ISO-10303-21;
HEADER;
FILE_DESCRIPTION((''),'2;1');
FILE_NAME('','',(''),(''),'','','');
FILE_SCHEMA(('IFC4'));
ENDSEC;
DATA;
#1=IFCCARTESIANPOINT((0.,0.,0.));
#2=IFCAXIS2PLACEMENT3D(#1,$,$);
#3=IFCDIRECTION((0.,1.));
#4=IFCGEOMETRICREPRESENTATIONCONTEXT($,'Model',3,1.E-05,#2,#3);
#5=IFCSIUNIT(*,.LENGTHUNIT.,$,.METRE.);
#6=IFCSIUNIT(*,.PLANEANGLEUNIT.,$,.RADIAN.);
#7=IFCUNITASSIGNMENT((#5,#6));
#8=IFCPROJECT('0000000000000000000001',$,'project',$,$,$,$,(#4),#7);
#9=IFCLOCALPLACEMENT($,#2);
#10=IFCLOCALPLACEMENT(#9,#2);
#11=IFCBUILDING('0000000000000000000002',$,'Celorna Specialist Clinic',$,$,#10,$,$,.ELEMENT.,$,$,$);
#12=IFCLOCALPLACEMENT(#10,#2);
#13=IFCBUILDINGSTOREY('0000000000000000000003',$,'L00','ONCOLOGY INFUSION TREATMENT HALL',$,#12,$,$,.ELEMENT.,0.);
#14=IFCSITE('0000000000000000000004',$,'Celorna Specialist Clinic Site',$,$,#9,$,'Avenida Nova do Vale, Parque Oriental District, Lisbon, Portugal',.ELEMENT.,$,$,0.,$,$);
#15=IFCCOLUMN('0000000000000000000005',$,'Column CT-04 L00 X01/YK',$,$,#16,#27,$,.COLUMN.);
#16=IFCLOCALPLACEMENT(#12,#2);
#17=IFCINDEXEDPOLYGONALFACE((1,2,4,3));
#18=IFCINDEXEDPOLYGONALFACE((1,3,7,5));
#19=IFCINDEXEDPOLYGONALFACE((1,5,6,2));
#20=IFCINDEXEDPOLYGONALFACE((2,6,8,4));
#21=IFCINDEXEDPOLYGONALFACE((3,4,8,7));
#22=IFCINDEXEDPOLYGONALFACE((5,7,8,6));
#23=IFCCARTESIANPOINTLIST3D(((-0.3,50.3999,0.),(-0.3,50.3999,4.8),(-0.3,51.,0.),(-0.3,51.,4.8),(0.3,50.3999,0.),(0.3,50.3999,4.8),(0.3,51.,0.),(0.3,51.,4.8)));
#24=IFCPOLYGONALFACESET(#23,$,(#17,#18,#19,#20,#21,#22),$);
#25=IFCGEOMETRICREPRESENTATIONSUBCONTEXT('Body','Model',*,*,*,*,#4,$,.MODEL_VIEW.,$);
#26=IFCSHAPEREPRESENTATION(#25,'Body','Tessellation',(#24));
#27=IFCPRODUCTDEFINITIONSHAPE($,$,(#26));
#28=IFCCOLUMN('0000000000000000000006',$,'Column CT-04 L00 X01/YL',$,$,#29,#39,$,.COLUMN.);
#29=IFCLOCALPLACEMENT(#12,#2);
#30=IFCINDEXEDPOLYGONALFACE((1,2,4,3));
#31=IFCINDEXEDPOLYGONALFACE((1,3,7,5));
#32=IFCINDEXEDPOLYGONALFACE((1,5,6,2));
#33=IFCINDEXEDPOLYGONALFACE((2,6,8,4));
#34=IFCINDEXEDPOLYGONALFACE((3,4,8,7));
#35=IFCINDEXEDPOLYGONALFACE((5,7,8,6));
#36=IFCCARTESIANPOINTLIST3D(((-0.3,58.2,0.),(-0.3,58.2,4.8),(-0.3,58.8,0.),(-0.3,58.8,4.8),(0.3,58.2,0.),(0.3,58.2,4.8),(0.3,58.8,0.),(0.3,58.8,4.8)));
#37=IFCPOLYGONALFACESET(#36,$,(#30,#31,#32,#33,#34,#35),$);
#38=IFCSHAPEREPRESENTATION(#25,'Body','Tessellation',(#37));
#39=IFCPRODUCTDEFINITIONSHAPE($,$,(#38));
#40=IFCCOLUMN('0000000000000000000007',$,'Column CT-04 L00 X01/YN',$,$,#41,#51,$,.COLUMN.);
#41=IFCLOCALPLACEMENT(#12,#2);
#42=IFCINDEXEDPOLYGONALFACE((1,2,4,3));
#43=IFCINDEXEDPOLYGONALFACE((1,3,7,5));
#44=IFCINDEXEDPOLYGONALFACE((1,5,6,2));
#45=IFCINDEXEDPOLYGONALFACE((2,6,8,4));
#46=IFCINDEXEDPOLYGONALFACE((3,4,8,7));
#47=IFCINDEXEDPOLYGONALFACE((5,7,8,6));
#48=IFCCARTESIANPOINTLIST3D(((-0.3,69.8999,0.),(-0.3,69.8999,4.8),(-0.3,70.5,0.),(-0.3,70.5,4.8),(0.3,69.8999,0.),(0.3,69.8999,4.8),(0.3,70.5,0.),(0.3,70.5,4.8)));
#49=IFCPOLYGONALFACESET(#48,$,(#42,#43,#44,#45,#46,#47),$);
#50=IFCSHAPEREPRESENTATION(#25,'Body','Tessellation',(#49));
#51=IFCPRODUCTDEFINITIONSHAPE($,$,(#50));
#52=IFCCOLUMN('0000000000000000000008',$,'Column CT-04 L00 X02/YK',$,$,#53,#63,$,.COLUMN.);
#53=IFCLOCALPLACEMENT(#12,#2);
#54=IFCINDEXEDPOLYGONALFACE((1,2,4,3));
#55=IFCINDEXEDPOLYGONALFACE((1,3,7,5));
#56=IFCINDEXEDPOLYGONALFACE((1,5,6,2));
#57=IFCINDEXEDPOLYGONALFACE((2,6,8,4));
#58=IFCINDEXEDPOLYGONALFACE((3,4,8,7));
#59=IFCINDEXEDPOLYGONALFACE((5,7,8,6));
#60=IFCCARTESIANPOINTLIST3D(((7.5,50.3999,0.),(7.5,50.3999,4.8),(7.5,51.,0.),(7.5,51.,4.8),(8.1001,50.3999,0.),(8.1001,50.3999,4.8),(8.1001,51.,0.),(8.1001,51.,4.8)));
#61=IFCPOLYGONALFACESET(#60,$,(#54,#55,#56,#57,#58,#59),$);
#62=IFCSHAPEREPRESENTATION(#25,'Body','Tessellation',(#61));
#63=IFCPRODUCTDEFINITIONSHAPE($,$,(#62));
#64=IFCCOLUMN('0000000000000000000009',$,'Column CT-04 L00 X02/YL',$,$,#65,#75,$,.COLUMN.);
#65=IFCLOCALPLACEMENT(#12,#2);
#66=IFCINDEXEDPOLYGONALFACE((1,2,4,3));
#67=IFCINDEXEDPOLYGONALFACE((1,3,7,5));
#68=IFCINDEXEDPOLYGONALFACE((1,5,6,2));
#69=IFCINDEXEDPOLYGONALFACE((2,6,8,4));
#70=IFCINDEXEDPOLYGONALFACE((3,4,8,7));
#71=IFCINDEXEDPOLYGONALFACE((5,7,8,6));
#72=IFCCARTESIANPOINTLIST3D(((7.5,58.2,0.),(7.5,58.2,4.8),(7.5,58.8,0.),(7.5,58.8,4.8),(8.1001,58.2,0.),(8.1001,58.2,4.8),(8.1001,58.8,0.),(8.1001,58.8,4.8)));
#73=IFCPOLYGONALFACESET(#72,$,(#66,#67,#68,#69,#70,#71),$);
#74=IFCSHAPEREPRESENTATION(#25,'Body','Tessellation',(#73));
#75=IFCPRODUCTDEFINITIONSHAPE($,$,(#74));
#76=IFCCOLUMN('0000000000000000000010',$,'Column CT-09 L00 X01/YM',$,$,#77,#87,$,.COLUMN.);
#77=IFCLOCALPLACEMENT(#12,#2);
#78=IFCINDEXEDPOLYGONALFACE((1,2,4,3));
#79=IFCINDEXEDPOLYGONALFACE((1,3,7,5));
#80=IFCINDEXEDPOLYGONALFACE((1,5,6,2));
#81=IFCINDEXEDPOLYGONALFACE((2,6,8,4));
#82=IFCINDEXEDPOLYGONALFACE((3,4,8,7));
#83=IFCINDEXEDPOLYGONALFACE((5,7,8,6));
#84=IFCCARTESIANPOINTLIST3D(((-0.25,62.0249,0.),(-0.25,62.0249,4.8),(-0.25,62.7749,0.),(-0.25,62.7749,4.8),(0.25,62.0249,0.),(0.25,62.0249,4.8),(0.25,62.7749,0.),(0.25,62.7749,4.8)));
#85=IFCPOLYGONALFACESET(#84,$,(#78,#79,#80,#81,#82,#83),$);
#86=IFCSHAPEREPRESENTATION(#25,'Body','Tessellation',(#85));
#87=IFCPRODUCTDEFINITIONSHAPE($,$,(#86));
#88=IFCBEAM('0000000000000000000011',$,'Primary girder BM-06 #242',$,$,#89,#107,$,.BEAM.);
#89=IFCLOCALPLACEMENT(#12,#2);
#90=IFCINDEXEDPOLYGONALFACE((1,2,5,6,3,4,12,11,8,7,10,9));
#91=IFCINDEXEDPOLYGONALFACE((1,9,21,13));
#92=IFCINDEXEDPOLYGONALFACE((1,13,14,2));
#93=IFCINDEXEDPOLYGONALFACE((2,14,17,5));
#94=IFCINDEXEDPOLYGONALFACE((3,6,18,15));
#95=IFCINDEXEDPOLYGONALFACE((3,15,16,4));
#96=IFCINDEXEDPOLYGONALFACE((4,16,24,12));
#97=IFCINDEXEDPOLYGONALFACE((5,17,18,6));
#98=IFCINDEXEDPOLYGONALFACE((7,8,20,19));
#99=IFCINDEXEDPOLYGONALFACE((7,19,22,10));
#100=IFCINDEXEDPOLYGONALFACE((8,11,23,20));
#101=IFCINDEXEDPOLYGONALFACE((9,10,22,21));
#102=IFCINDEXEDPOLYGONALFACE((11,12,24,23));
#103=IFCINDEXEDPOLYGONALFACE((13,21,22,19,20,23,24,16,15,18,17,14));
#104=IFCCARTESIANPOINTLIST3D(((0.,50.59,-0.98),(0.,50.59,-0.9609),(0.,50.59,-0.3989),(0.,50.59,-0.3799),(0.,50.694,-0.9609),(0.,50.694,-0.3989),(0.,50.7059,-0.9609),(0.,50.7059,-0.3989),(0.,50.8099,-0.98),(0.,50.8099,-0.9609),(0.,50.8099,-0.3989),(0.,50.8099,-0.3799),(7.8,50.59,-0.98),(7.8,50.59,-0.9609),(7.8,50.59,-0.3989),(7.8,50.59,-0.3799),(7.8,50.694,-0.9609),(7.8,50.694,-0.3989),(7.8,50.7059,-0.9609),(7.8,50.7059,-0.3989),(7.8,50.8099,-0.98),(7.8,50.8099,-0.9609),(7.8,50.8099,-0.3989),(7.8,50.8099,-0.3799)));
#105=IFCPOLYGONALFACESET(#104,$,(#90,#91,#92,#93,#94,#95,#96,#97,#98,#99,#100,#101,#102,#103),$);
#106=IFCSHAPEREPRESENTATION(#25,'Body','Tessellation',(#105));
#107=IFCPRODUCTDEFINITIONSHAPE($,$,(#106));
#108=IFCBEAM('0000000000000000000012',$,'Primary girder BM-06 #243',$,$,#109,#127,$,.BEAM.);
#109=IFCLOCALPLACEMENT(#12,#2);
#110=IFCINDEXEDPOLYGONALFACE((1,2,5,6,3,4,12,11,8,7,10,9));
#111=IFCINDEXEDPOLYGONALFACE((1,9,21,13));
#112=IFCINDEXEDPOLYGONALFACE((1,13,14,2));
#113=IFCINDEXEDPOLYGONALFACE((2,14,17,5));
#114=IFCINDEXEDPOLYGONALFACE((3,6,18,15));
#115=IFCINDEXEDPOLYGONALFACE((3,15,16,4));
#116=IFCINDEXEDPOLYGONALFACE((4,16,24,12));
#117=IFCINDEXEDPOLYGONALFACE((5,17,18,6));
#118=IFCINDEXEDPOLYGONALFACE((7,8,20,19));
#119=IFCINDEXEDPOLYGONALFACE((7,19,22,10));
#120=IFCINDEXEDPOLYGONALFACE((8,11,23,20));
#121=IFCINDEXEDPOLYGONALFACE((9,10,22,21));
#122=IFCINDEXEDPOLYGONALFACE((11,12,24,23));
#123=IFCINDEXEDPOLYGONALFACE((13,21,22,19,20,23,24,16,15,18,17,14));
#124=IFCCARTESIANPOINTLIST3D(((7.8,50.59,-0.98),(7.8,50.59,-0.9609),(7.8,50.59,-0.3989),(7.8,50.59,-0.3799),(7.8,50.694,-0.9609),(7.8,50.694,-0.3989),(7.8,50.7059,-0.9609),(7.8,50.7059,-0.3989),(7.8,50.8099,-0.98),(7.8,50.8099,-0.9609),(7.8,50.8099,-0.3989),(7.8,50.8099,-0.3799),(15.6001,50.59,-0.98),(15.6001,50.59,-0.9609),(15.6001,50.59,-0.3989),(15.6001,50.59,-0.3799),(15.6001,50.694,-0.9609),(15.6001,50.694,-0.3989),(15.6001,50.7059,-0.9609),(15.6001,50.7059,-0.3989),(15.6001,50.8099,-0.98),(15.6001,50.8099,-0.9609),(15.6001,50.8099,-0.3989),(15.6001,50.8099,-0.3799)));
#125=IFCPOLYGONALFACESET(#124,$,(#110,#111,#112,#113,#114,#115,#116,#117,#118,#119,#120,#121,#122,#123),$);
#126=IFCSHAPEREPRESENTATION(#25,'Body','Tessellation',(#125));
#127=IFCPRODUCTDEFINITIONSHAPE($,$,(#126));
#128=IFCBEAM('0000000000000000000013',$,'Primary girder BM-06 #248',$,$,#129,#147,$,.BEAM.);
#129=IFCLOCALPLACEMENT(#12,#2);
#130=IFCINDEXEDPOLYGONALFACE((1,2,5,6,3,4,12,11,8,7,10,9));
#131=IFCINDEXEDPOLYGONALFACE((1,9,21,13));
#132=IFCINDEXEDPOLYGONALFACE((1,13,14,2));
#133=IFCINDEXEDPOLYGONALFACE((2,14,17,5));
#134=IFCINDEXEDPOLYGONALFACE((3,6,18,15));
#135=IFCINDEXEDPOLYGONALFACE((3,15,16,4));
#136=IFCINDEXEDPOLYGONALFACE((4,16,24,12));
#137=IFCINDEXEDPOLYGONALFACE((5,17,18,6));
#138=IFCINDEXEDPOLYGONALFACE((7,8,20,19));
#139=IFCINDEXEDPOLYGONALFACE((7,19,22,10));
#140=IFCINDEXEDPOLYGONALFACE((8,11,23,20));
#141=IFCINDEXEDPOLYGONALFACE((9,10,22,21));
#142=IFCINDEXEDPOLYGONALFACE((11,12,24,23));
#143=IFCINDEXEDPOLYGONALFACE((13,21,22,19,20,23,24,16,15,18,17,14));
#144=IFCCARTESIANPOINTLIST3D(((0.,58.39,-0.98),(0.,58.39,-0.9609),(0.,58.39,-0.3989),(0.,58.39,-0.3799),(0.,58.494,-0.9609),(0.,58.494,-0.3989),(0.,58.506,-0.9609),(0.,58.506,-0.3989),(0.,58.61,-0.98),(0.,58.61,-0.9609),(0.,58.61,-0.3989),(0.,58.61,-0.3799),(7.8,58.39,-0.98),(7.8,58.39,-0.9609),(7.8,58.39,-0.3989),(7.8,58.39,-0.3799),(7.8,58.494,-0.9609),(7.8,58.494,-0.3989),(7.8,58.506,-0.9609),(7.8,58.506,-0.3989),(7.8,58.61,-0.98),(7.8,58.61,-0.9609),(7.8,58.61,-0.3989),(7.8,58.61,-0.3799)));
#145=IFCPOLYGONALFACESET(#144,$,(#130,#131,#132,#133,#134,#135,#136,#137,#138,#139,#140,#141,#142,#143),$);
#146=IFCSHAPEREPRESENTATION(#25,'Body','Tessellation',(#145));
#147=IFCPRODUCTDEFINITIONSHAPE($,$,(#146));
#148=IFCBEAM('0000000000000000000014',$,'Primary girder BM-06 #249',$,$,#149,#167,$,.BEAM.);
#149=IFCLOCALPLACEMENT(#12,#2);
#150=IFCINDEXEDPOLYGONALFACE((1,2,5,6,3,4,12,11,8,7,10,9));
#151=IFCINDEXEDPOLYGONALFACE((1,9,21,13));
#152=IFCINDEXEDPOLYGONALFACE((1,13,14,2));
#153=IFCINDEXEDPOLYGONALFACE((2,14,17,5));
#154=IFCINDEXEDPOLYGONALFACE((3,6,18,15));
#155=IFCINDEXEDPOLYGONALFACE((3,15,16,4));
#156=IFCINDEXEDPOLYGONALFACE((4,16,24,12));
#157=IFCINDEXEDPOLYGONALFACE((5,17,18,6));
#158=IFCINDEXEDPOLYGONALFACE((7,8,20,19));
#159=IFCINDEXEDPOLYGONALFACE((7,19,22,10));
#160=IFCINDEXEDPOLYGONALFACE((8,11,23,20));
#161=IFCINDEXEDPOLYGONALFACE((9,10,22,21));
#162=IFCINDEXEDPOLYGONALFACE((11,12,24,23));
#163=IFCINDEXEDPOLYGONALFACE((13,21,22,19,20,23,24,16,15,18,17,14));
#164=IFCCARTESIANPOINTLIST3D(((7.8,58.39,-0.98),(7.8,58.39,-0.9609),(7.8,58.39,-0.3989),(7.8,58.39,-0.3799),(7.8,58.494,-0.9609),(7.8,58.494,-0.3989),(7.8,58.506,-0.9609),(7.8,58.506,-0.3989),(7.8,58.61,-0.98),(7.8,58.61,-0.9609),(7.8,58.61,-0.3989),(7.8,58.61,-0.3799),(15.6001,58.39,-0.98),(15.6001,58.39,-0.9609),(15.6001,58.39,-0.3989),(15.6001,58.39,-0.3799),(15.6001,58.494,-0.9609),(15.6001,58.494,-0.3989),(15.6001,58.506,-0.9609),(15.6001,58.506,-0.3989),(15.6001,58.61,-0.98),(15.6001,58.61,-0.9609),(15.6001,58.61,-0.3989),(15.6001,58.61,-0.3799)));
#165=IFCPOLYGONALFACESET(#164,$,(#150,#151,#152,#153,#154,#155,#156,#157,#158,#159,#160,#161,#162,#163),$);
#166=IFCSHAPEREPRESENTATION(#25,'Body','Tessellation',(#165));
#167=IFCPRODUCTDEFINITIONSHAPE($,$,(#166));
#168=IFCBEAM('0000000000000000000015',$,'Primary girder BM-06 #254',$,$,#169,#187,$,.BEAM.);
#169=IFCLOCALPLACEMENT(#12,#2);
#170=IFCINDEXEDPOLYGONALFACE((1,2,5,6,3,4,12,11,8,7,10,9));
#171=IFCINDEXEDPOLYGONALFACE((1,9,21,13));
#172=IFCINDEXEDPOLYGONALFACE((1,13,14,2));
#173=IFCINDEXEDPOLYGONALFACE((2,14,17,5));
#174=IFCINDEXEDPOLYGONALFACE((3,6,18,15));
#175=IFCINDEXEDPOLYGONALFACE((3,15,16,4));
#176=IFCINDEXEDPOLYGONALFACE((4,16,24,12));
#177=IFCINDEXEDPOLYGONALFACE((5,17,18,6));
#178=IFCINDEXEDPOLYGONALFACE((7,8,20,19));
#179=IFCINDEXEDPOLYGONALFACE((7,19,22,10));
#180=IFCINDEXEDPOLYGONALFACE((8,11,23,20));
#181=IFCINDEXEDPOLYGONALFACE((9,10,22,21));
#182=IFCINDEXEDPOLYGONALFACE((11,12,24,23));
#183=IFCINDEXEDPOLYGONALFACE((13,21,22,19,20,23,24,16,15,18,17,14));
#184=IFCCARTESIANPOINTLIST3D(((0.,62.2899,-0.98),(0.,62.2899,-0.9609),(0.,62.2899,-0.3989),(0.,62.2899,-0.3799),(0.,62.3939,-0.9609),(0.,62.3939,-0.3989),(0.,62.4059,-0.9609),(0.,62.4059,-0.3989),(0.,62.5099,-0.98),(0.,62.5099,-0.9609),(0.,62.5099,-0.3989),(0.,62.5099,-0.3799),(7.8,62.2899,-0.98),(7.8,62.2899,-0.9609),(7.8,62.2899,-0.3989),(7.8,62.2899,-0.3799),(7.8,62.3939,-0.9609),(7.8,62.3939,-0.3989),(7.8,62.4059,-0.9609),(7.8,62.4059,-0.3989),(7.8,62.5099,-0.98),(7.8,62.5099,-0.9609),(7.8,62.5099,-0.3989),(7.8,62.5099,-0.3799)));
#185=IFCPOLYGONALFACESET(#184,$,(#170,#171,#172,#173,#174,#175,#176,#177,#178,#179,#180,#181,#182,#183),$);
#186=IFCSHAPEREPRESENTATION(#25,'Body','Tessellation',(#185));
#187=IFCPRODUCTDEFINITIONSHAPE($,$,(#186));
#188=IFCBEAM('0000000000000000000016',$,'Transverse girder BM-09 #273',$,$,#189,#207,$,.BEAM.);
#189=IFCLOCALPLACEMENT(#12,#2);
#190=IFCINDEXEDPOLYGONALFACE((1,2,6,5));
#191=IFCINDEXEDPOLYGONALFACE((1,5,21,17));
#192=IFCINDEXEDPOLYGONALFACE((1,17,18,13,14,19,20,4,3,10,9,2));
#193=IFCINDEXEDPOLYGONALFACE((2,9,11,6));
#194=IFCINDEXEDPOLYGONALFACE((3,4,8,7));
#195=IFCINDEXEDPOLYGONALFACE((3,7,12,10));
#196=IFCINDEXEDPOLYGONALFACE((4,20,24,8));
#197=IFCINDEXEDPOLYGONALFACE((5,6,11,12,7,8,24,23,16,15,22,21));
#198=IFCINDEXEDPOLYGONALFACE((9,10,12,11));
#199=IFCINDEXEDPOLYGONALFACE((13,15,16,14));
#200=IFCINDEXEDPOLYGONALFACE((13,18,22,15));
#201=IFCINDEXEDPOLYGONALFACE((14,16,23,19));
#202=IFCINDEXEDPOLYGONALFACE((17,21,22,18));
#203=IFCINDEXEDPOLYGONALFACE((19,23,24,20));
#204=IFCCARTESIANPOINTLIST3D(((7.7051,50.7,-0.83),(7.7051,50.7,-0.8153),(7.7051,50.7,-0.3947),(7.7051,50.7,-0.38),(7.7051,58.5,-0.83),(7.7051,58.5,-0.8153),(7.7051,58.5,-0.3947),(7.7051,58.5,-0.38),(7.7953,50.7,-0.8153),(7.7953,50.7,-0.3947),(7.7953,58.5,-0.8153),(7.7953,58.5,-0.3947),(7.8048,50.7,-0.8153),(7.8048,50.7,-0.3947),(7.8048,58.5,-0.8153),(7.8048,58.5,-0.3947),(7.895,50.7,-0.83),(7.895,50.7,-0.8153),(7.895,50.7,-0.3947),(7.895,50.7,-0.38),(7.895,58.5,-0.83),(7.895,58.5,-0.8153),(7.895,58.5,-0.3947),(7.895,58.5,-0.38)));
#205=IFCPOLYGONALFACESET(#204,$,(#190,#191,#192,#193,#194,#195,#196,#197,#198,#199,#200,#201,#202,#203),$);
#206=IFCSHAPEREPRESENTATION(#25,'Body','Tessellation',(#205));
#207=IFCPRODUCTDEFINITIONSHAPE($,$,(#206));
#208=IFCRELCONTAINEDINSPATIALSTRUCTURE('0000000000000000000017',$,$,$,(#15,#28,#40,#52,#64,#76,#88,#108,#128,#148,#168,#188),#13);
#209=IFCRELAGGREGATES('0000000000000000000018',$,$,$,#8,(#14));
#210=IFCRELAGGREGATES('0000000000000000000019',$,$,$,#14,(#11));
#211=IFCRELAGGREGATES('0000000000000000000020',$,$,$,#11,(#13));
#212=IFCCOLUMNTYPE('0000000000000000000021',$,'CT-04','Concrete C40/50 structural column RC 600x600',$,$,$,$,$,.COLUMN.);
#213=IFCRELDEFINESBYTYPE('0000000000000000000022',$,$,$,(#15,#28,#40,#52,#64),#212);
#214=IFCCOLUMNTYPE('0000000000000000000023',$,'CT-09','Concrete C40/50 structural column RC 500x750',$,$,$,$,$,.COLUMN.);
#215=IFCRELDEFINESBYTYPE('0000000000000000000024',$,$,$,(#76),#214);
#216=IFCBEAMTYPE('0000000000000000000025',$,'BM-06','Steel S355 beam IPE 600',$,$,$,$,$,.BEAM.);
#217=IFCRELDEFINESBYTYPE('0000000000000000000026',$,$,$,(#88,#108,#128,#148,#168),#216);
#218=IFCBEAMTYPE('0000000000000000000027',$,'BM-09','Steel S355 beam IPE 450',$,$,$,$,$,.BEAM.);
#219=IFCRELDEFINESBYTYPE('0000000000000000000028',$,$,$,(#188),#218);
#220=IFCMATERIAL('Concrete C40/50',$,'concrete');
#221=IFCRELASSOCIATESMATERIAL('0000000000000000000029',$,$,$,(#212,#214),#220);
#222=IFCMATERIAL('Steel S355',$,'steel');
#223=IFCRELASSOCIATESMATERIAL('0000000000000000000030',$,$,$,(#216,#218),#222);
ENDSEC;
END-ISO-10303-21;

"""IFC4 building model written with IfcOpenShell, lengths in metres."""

from ifc_helpers import new_model, si_unit, direction, frame, origin, origin_2d, place, context, subcontext, project, spatial, rectangle, i_section, extrude, material, material_profile, profile_set, type_object, element, save


model = new_model("IFC4")

# Units and contexts
model_context = context("Model", 3, precision=1e-05, world=origin(), true_north=direction((0.0, 1.0)))
body_context = subcontext(model_context, "Body", "Model", "MODEL_VIEW")
ifc_project = project(units=[si_unit("LENGTHUNIT", "METRE"), si_unit("PLANEANGLEUNIT", "RADIAN")], contexts=[model_context])

# Site, building, storey
site_placement = place(None, origin())
site = spatial("IfcSite", under=ifc_project, at=site_placement, Name="Celorna Specialist Clinic Site", LongName="Avenida Nova do Vale, Parque Oriental District, Lisbon, Portugal", CompositionType="ELEMENT", RefElevation=0.0)
building_placement = place(site_placement, origin())
building = spatial("IfcBuilding", under=site, at=building_placement, Name="Celorna Specialist Clinic", CompositionType="ELEMENT")
storey_placement = place(building_placement, origin())
storey = spatial("IfcBuildingStorey", under=building, at=storey_placement, Name="L00", Description="ONCOLOGY INFUSION TREATMENT HALL", CompositionType="ELEMENT", Elevation=0.0)

# Columns
ifc_material_1 = material(Name="Concrete C40/50", Category="concrete")
ifc_material_profile_1 = material_profile(ifc_material_1, rectangle(XDim=0.6001, YDim=0.6001, at=origin_2d()), Name="RC 600x600")
ifc_profile_set_1 = profile_set([ifc_material_profile_1], Name="Concrete C40/50")
column_type_1 = type_object("IfcColumnType", Name="CT-04", Description="Concrete C40/50 structural column RC 600x600", PredefinedType="COLUMN", material=ifc_profile_set_1)
for number, where, z_axis, x_axis, name in (
    (1, (0.0, 50.7, 0.0), (0.0, 0.0, 1.0), (1.0, 0.0, 0.0), "Column CT-04 L00 X01/YK"),
    (2, (0.0, 58.5, 0.0), (0.0, 0.0, 1.0), (1.0, 0.0, 0.0), "Column CT-04 L00 X01/YL"),
    (3, (0.0, 70.2, 0.0), (0.0, 0.0, 1.0), (1.0, 0.0, 0.0), "Column CT-04 L00 X01/YN"),
    (4, (7.8, 50.7, 0.0), (0.0, 0.0, 1.0), (1.0, 0.0, 0.0), "Column CT-04 L00 X02/YK"),
    (5, (7.8, 58.5, 0.0), (0.0, 0.0, 1.0), (1.0, 0.0, 0.0), "Column CT-04 L00 X02/YL"),
):
    element("IfcColumn", number, at=place(storey_placement, frame(where, z_axis=z_axis, x_axis=x_axis)), inside=storey, type_object=column_type_1, Name=name, PredefinedType="COLUMN", context=body_context, shape_type="SweptSolid", body=[
        extrude(rectangle(XDim=0.6001, YDim=0.6001, at=origin_2d()), origin(), (0.0, 0.0, 1.0), 4.8),
    ])
ifc_material_profile_2 = material_profile(ifc_material_1, rectangle(XDim=0.5, YDim=0.75, at=origin_2d()), Name="RC 500x750")
ifc_profile_set_2 = profile_set([ifc_material_profile_2], Name="Concrete C40/50")
column_type_2 = type_object("IfcColumnType", Name="CT-09", Description="Concrete C40/50 structural column RC 500x750", PredefinedType="COLUMN", material=ifc_profile_set_2)
column_placement = place(storey_placement, frame((0.0, 62.3999, 0.0), z_axis=(0.0, 0.0, 1.0), x_axis=(1.0, 0.0, 0.0)))
element("IfcColumn", 6, at=column_placement, inside=storey, type_object=column_type_2, Name="Column CT-09 L00 X01/YM", PredefinedType="COLUMN", context=body_context, shape_type="SweptSolid", body=[
    extrude(rectangle(XDim=0.5, YDim=0.75, at=origin_2d()), origin(), (0.0, 0.0, 1.0), 4.8),
])

# Beams
ifc_material_2 = material(Name="Steel S355", Category="steel")
ifc_material_profile_3 = material_profile(ifc_material_2, i_section(OverallWidth=0.22, OverallDepth=0.6001, WebThickness=0.012, FlangeThickness=0.019, at=origin_2d()), Name="IPE 600")
ifc_profile_set_3 = profile_set([ifc_material_profile_3], Name="Steel S355")
beam_type_1 = type_object("IfcBeamType", Name="BM-06", Description="Steel S355 beam IPE 600", PredefinedType="BEAM", material=ifc_profile_set_3)
for number, where, z_axis, x_axis, name in (
    (7, (0.0, 50.7, -0.6799), (1.0, 0.0, 0.0), (0.0, 1.0, 0.0), "Primary girder BM-06 #242"),
    (8, (7.8, 50.7, -0.6799), (1.0, 0.0, 0.0), (0.0, 1.0, 0.0), "Primary girder BM-06 #243"),
    (9, (0.0, 58.5, -0.6799), (1.0, 0.0, 0.0), (0.0, 1.0, 0.0), "Primary girder BM-06 #248"),
    (10, (7.8, 58.5, -0.6799), (1.0, 0.0, 0.0), (0.0, 1.0, 0.0), "Primary girder BM-06 #249"),
    (11, (0.0, 62.3999, -0.6799), (1.0, 0.0, 0.0), (0.0, 1.0, 0.0), "Primary girder BM-06 #254"),
):
    element("IfcBeam", number, at=place(storey_placement, frame(where, z_axis=z_axis, x_axis=x_axis)), inside=storey, type_object=beam_type_1, Name=name, PredefinedType="BEAM", context=body_context, shape_type="SweptSolid", body=[
        extrude(i_section(OverallWidth=0.22, OverallDepth=0.6001, WebThickness=0.012, FlangeThickness=0.019, at=origin_2d()), origin(), (0.0, 0.0, 1.0), 7.8),
    ])
ifc_material_profile_4 = material_profile(ifc_material_2, i_section(OverallWidth=0.1899, OverallDepth=0.45, WebThickness=0.0095, FlangeThickness=0.0146, at=origin_2d()), Name="IPE 450")
ifc_profile_set_4 = profile_set([ifc_material_profile_4], Name="Steel S355")
beam_type_2 = type_object("IfcBeamType", Name="BM-09", Description="Steel S355 beam IPE 450", PredefinedType="BEAM", material=ifc_profile_set_4)
beam_1_placement = place(storey_placement, frame((7.8, 50.7, -0.605), z_axis=(0.0, 1.0, 0.0), x_axis=(-1.0, 0.0, 0.0)))
element("IfcBeam", 12, at=beam_1_placement, inside=storey, type_object=beam_type_2, Name="Transverse girder BM-09 #273", PredefinedType="BEAM", context=body_context, shape_type="SweptSolid", body=[
    extrude(i_section(OverallWidth=0.1899, OverallDepth=0.45, WebThickness=0.0095, FlangeThickness=0.0146, at=origin_2d()), origin(), (0.0, 0.0, 1.0), 7.8),
])

save(model, "model.ifc")
